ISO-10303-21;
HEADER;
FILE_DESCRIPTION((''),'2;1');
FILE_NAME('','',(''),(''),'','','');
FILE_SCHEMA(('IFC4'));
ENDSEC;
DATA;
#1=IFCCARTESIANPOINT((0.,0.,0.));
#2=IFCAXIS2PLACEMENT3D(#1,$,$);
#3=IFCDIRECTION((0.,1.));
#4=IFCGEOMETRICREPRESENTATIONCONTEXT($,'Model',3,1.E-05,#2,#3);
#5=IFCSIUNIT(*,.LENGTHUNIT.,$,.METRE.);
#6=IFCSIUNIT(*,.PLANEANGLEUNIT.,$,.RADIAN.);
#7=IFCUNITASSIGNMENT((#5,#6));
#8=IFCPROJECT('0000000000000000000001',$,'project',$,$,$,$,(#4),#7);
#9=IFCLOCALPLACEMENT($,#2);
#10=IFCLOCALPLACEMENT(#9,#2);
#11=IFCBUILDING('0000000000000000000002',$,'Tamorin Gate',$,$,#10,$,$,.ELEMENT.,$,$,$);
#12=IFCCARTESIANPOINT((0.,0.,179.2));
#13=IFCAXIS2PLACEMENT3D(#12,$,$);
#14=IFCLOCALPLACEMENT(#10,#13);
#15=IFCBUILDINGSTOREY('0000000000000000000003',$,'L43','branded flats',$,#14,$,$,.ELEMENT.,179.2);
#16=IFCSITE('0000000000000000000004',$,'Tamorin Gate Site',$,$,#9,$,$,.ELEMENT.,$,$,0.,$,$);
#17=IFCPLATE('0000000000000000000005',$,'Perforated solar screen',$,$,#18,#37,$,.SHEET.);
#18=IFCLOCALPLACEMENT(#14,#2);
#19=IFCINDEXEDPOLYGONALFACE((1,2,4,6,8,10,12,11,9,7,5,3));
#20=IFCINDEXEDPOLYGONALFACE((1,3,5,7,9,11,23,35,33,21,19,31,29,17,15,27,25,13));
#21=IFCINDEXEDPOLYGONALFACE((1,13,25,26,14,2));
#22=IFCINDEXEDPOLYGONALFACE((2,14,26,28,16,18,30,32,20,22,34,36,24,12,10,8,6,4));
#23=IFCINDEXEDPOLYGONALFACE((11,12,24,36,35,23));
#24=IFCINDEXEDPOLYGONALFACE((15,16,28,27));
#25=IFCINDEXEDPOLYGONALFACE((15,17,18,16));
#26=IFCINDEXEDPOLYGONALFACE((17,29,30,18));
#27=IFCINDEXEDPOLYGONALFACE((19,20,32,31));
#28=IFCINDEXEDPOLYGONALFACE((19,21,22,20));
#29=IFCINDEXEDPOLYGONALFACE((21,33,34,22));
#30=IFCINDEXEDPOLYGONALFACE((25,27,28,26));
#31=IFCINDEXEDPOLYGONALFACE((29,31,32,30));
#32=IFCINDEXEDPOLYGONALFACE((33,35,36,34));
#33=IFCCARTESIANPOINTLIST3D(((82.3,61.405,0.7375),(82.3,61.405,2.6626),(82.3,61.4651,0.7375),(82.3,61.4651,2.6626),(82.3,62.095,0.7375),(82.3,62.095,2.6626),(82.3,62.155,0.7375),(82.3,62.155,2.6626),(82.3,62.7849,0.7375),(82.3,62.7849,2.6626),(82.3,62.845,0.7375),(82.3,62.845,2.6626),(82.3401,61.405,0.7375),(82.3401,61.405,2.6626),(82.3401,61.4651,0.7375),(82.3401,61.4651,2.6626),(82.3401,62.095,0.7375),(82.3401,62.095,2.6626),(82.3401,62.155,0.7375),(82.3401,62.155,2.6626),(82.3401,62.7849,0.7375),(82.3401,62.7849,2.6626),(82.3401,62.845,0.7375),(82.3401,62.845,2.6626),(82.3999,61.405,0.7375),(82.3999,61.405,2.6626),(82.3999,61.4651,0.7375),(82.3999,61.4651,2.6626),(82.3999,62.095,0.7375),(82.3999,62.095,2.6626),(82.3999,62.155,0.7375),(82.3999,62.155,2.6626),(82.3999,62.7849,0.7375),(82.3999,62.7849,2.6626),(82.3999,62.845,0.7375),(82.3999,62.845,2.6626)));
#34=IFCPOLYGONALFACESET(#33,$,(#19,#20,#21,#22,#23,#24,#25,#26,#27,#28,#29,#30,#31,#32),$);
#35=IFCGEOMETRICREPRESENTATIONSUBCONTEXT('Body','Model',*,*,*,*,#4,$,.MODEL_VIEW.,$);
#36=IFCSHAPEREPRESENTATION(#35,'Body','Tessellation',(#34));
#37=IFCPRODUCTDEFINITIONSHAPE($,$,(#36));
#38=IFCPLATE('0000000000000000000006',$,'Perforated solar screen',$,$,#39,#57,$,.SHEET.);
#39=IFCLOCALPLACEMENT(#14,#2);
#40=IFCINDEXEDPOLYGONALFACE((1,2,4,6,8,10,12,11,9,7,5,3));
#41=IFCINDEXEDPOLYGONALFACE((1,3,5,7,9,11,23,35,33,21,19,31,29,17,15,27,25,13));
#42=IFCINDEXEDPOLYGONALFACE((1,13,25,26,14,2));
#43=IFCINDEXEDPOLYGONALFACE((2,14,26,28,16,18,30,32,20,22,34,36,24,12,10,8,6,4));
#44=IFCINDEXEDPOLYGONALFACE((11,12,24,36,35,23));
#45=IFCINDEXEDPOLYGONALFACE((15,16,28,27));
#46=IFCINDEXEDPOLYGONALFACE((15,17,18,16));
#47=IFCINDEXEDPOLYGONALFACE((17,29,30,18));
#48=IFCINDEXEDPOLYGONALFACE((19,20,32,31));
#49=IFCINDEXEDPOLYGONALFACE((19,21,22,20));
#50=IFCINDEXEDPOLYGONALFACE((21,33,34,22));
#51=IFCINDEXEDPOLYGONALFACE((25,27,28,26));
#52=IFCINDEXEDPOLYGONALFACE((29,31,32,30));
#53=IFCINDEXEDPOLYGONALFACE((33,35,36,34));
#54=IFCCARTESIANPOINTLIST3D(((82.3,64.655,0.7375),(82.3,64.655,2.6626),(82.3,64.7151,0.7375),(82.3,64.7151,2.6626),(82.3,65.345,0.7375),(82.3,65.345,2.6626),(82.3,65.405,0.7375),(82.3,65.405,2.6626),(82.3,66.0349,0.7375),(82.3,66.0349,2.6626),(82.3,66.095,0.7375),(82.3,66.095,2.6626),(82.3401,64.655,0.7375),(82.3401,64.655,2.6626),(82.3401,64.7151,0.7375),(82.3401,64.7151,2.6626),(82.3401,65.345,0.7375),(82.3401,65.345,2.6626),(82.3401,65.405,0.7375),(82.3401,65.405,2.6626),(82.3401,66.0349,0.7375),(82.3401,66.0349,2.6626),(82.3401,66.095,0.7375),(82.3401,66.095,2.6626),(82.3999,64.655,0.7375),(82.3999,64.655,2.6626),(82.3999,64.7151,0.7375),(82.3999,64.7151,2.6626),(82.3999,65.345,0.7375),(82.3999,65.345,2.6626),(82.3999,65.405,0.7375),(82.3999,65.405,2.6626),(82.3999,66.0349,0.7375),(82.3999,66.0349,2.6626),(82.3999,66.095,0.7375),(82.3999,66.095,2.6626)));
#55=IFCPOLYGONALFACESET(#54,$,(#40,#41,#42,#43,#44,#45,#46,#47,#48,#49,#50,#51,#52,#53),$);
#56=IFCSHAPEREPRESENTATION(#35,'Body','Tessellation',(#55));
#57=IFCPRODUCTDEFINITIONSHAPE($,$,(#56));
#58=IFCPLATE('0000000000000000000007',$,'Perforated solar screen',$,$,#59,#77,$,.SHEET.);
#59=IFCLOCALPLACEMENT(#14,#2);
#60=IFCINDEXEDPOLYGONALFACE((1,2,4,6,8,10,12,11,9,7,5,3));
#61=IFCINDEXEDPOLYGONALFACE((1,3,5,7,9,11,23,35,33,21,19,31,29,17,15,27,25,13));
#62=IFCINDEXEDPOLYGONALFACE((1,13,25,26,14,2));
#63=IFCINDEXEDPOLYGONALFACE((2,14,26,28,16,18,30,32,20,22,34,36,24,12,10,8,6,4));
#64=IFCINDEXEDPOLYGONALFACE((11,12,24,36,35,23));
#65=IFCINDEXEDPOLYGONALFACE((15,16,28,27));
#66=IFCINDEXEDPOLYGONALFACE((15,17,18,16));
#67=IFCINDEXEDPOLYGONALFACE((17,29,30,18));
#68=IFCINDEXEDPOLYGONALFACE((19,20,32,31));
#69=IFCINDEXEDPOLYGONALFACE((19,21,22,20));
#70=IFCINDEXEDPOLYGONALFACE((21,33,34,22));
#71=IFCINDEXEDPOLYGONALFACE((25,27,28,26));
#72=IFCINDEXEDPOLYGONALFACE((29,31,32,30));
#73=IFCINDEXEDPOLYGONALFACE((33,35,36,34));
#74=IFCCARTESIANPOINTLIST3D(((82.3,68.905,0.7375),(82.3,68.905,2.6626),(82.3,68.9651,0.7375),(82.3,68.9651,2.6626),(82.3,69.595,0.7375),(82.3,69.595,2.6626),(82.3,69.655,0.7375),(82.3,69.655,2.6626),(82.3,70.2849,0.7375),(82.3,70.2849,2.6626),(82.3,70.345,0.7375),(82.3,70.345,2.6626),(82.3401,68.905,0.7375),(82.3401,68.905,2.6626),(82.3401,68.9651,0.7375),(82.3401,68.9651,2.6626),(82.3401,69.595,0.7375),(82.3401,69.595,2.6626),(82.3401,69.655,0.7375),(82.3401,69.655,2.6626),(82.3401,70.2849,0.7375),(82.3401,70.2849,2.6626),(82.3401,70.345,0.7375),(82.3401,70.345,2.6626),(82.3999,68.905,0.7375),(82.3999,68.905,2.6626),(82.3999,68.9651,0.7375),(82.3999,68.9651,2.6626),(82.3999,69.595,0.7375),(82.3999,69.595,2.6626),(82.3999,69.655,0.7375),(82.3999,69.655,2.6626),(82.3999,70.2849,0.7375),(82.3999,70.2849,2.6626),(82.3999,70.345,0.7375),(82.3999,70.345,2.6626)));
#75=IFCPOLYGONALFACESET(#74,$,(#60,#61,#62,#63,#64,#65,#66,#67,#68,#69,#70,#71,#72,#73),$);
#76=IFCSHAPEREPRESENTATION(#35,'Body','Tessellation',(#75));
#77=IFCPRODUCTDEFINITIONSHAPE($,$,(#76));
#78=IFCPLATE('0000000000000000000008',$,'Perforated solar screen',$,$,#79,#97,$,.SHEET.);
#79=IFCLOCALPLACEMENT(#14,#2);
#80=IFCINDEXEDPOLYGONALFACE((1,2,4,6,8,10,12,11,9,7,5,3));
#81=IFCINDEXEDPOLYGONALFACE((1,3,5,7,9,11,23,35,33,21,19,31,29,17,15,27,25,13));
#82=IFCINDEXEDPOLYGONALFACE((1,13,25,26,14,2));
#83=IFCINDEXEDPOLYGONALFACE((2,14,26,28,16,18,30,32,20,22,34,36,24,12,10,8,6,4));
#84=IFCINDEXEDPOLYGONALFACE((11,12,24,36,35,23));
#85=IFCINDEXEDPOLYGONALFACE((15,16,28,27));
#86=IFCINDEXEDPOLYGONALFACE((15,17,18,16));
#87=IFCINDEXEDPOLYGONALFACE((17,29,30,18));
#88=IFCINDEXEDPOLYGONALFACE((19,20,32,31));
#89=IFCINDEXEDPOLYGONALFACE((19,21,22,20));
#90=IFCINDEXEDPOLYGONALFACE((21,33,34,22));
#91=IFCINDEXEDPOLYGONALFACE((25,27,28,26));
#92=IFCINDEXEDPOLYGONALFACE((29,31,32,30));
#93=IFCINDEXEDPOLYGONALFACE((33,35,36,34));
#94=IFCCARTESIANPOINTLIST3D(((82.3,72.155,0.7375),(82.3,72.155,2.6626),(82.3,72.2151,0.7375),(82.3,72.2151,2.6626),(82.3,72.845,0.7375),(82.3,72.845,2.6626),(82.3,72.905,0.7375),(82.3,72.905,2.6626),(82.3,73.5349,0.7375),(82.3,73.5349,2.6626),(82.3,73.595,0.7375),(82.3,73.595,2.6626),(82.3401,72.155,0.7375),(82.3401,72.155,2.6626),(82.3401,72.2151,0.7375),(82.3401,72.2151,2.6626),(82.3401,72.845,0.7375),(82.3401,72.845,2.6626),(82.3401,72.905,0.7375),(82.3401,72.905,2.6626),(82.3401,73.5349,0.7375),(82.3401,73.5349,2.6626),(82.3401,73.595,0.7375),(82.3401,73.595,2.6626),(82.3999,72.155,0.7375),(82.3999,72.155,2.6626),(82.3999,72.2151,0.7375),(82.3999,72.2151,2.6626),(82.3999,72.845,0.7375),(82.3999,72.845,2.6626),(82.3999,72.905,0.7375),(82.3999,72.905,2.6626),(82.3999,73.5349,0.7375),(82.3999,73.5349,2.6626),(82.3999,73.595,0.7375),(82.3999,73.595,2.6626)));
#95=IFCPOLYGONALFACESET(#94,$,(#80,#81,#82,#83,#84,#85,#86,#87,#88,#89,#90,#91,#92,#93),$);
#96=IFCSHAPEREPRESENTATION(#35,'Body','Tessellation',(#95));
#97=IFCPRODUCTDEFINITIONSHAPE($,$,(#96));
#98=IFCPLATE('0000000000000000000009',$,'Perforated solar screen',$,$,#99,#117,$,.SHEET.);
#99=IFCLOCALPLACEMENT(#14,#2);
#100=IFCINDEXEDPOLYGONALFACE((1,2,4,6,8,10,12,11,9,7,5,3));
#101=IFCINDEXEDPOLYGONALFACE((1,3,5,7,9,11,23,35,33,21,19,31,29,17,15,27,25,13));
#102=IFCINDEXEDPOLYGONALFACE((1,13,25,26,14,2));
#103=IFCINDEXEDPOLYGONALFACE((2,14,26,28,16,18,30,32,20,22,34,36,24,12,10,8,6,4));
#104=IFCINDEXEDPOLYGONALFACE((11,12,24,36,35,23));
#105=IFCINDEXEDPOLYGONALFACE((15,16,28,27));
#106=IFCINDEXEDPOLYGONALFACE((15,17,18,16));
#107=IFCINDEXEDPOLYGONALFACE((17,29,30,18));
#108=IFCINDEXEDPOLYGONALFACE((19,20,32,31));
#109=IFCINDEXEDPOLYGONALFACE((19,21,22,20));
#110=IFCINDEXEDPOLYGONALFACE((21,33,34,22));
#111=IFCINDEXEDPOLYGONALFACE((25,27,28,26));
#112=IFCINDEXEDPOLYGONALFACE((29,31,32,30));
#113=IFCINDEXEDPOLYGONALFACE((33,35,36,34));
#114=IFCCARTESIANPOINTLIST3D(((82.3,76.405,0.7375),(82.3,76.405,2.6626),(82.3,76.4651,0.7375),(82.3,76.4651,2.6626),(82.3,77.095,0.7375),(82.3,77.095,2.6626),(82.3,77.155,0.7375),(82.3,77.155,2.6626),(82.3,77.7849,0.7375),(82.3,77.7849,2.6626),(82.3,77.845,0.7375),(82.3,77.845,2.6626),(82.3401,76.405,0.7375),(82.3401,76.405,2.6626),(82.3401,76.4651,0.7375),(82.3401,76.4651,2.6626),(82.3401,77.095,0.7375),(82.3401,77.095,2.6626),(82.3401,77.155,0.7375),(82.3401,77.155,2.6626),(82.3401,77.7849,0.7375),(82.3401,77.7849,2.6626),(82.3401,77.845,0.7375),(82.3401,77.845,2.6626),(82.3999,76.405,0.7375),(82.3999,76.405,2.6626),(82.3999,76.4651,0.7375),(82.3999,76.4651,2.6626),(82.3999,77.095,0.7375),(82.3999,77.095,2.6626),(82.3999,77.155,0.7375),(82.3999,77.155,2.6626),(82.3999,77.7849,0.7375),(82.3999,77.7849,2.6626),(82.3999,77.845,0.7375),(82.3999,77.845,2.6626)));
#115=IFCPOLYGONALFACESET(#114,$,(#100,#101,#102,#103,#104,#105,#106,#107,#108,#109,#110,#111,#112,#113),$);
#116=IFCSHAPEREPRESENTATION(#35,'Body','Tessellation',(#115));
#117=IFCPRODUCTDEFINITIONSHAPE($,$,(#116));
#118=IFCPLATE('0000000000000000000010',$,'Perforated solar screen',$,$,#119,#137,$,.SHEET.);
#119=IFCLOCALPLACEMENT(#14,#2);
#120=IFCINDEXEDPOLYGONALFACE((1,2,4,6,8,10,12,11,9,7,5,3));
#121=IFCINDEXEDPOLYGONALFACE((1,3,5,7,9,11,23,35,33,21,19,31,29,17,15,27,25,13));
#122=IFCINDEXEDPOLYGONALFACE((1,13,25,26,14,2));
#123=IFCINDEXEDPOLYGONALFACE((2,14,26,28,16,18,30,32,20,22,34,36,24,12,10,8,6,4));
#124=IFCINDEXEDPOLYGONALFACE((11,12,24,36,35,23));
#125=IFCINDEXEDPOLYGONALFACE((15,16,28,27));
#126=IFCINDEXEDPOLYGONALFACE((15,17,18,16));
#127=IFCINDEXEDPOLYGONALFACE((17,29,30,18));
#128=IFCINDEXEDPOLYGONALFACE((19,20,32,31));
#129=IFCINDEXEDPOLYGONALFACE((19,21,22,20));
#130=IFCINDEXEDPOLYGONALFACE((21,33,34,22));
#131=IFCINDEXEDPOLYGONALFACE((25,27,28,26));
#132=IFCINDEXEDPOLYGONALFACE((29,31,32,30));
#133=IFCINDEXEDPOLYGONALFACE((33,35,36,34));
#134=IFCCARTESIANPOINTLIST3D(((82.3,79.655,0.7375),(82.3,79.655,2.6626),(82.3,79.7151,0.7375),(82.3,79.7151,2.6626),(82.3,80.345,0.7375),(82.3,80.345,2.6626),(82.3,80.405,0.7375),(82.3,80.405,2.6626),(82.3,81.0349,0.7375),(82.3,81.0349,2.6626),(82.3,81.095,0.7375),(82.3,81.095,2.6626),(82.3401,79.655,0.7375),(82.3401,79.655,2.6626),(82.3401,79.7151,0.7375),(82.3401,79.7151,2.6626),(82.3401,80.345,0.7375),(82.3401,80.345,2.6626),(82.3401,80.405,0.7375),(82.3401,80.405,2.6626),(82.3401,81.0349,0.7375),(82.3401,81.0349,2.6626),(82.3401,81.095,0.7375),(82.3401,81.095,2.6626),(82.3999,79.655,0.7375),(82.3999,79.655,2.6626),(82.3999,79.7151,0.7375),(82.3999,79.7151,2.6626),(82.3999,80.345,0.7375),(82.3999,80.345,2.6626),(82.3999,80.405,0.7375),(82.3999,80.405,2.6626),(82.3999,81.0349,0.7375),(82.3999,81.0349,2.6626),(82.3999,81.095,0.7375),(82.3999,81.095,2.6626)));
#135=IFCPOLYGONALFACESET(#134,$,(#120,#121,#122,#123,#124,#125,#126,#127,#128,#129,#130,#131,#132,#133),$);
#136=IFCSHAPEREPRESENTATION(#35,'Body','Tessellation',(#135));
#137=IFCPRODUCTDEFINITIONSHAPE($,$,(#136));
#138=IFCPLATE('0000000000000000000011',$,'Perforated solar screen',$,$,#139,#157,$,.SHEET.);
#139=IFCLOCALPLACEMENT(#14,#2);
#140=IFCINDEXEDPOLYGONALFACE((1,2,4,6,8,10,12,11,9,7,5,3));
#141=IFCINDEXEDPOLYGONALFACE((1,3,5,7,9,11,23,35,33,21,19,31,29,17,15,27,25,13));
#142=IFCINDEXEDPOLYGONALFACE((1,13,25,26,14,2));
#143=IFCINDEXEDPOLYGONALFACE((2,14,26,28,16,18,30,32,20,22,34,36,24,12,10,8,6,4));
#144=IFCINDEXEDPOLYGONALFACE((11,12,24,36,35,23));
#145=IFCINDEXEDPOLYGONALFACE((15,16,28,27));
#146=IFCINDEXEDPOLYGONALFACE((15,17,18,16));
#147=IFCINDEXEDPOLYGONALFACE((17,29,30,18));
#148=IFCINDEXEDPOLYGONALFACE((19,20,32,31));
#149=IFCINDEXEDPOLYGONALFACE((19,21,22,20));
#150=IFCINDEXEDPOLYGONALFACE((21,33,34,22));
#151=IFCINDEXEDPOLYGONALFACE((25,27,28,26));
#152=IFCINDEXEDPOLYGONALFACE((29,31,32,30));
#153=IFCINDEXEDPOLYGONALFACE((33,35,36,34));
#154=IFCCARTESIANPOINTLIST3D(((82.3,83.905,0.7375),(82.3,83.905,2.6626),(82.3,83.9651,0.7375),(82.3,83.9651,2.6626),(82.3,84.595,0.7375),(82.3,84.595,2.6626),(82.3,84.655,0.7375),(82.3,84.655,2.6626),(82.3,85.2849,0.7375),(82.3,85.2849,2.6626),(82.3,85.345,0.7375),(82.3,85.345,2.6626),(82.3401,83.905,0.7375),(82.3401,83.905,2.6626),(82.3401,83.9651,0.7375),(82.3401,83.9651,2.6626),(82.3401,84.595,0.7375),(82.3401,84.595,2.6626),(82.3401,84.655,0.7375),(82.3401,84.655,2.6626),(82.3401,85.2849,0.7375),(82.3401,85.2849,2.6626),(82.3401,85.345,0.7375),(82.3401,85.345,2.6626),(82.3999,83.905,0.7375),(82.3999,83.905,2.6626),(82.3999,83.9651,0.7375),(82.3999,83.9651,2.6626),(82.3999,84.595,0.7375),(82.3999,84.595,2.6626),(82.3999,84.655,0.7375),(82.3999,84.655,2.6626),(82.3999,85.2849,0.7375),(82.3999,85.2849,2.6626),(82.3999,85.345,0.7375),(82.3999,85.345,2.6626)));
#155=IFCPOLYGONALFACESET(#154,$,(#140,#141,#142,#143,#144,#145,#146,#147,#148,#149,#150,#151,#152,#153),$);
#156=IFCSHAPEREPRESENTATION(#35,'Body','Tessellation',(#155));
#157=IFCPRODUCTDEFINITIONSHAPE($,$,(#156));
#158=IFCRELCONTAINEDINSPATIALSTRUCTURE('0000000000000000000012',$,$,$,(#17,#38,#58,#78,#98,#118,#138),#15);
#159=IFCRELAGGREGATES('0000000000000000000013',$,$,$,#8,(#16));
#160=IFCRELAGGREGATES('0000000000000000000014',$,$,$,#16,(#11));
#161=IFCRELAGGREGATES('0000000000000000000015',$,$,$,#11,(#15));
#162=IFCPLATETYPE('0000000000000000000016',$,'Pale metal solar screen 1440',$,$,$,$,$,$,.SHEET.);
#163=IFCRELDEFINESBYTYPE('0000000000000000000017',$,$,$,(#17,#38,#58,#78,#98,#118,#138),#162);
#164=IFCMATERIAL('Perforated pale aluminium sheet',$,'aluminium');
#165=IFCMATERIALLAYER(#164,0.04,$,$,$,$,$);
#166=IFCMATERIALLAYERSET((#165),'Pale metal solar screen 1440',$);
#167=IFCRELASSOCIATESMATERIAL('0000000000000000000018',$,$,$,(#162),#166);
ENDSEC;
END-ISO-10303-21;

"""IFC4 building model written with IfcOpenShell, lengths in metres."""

from ifc_helpers import new_model, si_unit, direction, frame, origin, place, context, subcontext, project, spatial, polyline, outline, extrude, material, layer, layer_set, type_object, element, save


model = new_model("IFC4")

# Units and contexts
model_context = context("Model", 3, precision=1e-05, world=origin(), true_north=direction((0.0, 1.0)))
body_context = subcontext(model_context, "Body", "Model", "MODEL_VIEW")
ifc_project = project(units=[si_unit("LENGTHUNIT", "METRE"), si_unit("PLANEANGLEUNIT", "RADIAN")], contexts=[model_context])

# Site, building, storey
site_placement = place(None, origin())
site = spatial("IfcSite", under=ifc_project, at=site_placement, Name="Tamorin Gate Site", CompositionType="ELEMENT", RefElevation=0.0)
building_placement = place(site_placement, origin())
building = spatial("IfcBuilding", under=site, at=building_placement, Name="Tamorin Gate", CompositionType="ELEMENT")
storey_placement = place(building_placement, frame((0.0, 0.0, 179.2)))
storey = spatial("IfcBuildingStorey", under=building, at=storey_placement, Name="L43", Description="branded flats", CompositionType="ELEMENT", Elevation=179.2)

# Plates
ifc_material_1 = material(Name="Perforated pale aluminium sheet", Category="aluminium")
ifc_layer_1 = layer(ifc_material_1, 0.04)
ifc_layer_set_1 = layer_set([ifc_layer_1], Name="Pale metal solar screen 1440")
plate_type_1 = type_object("IfcPlateType", Name="Pale metal solar screen 1440", PredefinedType="SHEET", material=ifc_layer_set_1)
plate_1_placement = place(storey_placement, frame((0.0, 0.0, 0.7375)))
element("IfcPlate", 1, at=plate_1_placement, inside=storey, type_object=plate_type_1, Name="Perforated solar screen", PredefinedType="SHEET", context=body_context, shape_type="SweptSolid", body=[
    extrude(outline(polyline([(82.3401, 61.405), (82.3, 61.405), (82.3, 61.4651), (82.3, 62.095), (82.3, 62.155), (82.3, 62.7849), (82.3, 62.845), (82.3401, 62.845), (82.3999, 62.845), (82.3999, 62.7849), (82.3401, 62.7849), (82.3401, 62.155), (82.3999, 62.155), (82.3999, 62.095), (82.3401, 62.095), (82.3401, 61.4651), (82.3999, 61.4651), (82.3999, 61.405), (82.3401, 61.405)])), origin(), (0.0, 0.0, 1.0), 1.925),
])
plate_2_placement = place(storey_placement, frame((0.0, 0.0, 0.7375)))
element("IfcPlate", 2, at=plate_2_placement, inside=storey, type_object=plate_type_1, Name="Perforated solar screen", PredefinedType="SHEET", context=body_context, shape_type="SweptSolid", body=[
    extrude(outline(polyline([(82.3401, 64.655), (82.3, 64.655), (82.3, 64.7151), (82.3, 65.345), (82.3, 65.405), (82.3, 66.0349), (82.3, 66.095), (82.3401, 66.095), (82.3999, 66.095), (82.3999, 66.0349), (82.3401, 66.0349), (82.3401, 65.405), (82.3999, 65.405), (82.3999, 65.345), (82.3401, 65.345), (82.3401, 64.7151), (82.3999, 64.7151), (82.3999, 64.655), (82.3401, 64.655)])), origin(), (0.0, 0.0, 1.0), 1.925),
])
plate_3_placement = place(storey_placement, frame((0.0, 0.0, 0.7375)))
element("IfcPlate", 3, at=plate_3_placement, inside=storey, type_object=plate_type_1, Name="Perforated solar screen", PredefinedType="SHEET", context=body_context, shape_type="SweptSolid", body=[
    extrude(outline(polyline([(82.3401, 68.905), (82.3, 68.905), (82.3, 68.9651), (82.3, 69.595), (82.3, 69.655), (82.3, 70.2849), (82.3, 70.345), (82.3401, 70.345), (82.3999, 70.345), (82.3999, 70.2849), (82.3401, 70.2849), (82.3401, 69.655), (82.3999, 69.655), (82.3999, 69.595), (82.3401, 69.595), (82.3401, 68.9651), (82.3999, 68.9651), (82.3999, 68.905), (82.3401, 68.905)])), origin(), (0.0, 0.0, 1.0), 1.925),
])
plate_4_placement = place(storey_placement, frame((0.0, 0.0, 0.7375)))
element("IfcPlate", 4, at=plate_4_placement, inside=storey, type_object=plate_type_1, Name="Perforated solar screen", PredefinedType="SHEET", context=body_context, shape_type="SweptSolid", body=[
    extrude(outline(polyline([(82.3401, 72.155), (82.3, 72.155), (82.3, 72.2151), (82.3, 72.845), (82.3, 72.905), (82.3, 73.5349), (82.3, 73.595), (82.3401, 73.595), (82.3999, 73.595), (82.3999, 73.5349), (82.3401, 73.5349), (82.3401, 72.905), (82.3999, 72.905), (82.3999, 72.845), (82.3401, 72.845), (82.3401, 72.2151), (82.3999, 72.2151), (82.3999, 72.155), (82.3401, 72.155)])), origin(), (0.0, 0.0, 1.0), 1.925),
])
plate_5_placement = place(storey_placement, frame((0.0, 0.0, 0.7375)))
element("IfcPlate", 5, at=plate_5_placement, inside=storey, type_object=plate_type_1, Name="Perforated solar screen", PredefinedType="SHEET", context=body_context, shape_type="SweptSolid", body=[
    extrude(outline(polyline([(82.3401, 76.405), (82.3, 76.405), (82.3, 76.4651), (82.3, 77.095), (82.3, 77.155), (82.3, 77.7849), (82.3, 77.845), (82.3401, 77.845), (82.3999, 77.845), (82.3999, 77.7849), (82.3401, 77.7849), (82.3401, 77.155), (82.3999, 77.155), (82.3999, 77.095), (82.3401, 77.095), (82.3401, 76.4651), (82.3999, 76.4651), (82.3999, 76.405), (82.3401, 76.405)])), origin(), (0.0, 0.0, 1.0), 1.925),
])
plate_6_placement = place(storey_placement, frame((0.0, 0.0, 0.7375)))
element("IfcPlate", 6, at=plate_6_placement, inside=storey, type_object=plate_type_1, Name="Perforated solar screen", PredefinedType="SHEET", context=body_context, shape_type="SweptSolid", body=[
    extrude(outline(polyline([(82.3401, 79.655), (82.3, 79.655), (82.3, 79.7151), (82.3, 80.345), (82.3, 80.405), (82.3, 81.0349), (82.3, 81.095), (82.3401, 81.095), (82.3999, 81.095), (82.3999, 81.0349), (82.3401, 81.0349), (82.3401, 80.405), (82.3999, 80.405), (82.3999, 80.345), (82.3401, 80.345), (82.3401, 79.7151), (82.3999, 79.7151), (82.3999, 79.655), (82.3401, 79.655)])), origin(), (0.0, 0.0, 1.0), 1.925),
])
plate_7_placement = place(storey_placement, frame((0.0, 0.0, 0.7375)))
element("IfcPlate", 7, at=plate_7_placement, inside=storey, type_object=plate_type_1, Name="Perforated solar screen", PredefinedType="SHEET", context=body_context, shape_type="SweptSolid", body=[
    extrude(outline(polyline([(82.3401, 83.905), (82.3, 83.905), (82.3, 83.9651), (82.3, 84.595), (82.3, 84.655), (82.3, 85.2849), (82.3, 85.345), (82.3401, 85.345), (82.3999, 85.345), (82.3999, 85.2849), (82.3401, 85.2849), (82.3401, 84.655), (82.3999, 84.655), (82.3999, 84.595), (82.3401, 84.595), (82.3401, 83.9651), (82.3999, 83.9651), (82.3999, 83.905), (82.3401, 83.905)])), origin(), (0.0, 0.0, 1.0), 1.925),
])

save(model, "model.ifc")
